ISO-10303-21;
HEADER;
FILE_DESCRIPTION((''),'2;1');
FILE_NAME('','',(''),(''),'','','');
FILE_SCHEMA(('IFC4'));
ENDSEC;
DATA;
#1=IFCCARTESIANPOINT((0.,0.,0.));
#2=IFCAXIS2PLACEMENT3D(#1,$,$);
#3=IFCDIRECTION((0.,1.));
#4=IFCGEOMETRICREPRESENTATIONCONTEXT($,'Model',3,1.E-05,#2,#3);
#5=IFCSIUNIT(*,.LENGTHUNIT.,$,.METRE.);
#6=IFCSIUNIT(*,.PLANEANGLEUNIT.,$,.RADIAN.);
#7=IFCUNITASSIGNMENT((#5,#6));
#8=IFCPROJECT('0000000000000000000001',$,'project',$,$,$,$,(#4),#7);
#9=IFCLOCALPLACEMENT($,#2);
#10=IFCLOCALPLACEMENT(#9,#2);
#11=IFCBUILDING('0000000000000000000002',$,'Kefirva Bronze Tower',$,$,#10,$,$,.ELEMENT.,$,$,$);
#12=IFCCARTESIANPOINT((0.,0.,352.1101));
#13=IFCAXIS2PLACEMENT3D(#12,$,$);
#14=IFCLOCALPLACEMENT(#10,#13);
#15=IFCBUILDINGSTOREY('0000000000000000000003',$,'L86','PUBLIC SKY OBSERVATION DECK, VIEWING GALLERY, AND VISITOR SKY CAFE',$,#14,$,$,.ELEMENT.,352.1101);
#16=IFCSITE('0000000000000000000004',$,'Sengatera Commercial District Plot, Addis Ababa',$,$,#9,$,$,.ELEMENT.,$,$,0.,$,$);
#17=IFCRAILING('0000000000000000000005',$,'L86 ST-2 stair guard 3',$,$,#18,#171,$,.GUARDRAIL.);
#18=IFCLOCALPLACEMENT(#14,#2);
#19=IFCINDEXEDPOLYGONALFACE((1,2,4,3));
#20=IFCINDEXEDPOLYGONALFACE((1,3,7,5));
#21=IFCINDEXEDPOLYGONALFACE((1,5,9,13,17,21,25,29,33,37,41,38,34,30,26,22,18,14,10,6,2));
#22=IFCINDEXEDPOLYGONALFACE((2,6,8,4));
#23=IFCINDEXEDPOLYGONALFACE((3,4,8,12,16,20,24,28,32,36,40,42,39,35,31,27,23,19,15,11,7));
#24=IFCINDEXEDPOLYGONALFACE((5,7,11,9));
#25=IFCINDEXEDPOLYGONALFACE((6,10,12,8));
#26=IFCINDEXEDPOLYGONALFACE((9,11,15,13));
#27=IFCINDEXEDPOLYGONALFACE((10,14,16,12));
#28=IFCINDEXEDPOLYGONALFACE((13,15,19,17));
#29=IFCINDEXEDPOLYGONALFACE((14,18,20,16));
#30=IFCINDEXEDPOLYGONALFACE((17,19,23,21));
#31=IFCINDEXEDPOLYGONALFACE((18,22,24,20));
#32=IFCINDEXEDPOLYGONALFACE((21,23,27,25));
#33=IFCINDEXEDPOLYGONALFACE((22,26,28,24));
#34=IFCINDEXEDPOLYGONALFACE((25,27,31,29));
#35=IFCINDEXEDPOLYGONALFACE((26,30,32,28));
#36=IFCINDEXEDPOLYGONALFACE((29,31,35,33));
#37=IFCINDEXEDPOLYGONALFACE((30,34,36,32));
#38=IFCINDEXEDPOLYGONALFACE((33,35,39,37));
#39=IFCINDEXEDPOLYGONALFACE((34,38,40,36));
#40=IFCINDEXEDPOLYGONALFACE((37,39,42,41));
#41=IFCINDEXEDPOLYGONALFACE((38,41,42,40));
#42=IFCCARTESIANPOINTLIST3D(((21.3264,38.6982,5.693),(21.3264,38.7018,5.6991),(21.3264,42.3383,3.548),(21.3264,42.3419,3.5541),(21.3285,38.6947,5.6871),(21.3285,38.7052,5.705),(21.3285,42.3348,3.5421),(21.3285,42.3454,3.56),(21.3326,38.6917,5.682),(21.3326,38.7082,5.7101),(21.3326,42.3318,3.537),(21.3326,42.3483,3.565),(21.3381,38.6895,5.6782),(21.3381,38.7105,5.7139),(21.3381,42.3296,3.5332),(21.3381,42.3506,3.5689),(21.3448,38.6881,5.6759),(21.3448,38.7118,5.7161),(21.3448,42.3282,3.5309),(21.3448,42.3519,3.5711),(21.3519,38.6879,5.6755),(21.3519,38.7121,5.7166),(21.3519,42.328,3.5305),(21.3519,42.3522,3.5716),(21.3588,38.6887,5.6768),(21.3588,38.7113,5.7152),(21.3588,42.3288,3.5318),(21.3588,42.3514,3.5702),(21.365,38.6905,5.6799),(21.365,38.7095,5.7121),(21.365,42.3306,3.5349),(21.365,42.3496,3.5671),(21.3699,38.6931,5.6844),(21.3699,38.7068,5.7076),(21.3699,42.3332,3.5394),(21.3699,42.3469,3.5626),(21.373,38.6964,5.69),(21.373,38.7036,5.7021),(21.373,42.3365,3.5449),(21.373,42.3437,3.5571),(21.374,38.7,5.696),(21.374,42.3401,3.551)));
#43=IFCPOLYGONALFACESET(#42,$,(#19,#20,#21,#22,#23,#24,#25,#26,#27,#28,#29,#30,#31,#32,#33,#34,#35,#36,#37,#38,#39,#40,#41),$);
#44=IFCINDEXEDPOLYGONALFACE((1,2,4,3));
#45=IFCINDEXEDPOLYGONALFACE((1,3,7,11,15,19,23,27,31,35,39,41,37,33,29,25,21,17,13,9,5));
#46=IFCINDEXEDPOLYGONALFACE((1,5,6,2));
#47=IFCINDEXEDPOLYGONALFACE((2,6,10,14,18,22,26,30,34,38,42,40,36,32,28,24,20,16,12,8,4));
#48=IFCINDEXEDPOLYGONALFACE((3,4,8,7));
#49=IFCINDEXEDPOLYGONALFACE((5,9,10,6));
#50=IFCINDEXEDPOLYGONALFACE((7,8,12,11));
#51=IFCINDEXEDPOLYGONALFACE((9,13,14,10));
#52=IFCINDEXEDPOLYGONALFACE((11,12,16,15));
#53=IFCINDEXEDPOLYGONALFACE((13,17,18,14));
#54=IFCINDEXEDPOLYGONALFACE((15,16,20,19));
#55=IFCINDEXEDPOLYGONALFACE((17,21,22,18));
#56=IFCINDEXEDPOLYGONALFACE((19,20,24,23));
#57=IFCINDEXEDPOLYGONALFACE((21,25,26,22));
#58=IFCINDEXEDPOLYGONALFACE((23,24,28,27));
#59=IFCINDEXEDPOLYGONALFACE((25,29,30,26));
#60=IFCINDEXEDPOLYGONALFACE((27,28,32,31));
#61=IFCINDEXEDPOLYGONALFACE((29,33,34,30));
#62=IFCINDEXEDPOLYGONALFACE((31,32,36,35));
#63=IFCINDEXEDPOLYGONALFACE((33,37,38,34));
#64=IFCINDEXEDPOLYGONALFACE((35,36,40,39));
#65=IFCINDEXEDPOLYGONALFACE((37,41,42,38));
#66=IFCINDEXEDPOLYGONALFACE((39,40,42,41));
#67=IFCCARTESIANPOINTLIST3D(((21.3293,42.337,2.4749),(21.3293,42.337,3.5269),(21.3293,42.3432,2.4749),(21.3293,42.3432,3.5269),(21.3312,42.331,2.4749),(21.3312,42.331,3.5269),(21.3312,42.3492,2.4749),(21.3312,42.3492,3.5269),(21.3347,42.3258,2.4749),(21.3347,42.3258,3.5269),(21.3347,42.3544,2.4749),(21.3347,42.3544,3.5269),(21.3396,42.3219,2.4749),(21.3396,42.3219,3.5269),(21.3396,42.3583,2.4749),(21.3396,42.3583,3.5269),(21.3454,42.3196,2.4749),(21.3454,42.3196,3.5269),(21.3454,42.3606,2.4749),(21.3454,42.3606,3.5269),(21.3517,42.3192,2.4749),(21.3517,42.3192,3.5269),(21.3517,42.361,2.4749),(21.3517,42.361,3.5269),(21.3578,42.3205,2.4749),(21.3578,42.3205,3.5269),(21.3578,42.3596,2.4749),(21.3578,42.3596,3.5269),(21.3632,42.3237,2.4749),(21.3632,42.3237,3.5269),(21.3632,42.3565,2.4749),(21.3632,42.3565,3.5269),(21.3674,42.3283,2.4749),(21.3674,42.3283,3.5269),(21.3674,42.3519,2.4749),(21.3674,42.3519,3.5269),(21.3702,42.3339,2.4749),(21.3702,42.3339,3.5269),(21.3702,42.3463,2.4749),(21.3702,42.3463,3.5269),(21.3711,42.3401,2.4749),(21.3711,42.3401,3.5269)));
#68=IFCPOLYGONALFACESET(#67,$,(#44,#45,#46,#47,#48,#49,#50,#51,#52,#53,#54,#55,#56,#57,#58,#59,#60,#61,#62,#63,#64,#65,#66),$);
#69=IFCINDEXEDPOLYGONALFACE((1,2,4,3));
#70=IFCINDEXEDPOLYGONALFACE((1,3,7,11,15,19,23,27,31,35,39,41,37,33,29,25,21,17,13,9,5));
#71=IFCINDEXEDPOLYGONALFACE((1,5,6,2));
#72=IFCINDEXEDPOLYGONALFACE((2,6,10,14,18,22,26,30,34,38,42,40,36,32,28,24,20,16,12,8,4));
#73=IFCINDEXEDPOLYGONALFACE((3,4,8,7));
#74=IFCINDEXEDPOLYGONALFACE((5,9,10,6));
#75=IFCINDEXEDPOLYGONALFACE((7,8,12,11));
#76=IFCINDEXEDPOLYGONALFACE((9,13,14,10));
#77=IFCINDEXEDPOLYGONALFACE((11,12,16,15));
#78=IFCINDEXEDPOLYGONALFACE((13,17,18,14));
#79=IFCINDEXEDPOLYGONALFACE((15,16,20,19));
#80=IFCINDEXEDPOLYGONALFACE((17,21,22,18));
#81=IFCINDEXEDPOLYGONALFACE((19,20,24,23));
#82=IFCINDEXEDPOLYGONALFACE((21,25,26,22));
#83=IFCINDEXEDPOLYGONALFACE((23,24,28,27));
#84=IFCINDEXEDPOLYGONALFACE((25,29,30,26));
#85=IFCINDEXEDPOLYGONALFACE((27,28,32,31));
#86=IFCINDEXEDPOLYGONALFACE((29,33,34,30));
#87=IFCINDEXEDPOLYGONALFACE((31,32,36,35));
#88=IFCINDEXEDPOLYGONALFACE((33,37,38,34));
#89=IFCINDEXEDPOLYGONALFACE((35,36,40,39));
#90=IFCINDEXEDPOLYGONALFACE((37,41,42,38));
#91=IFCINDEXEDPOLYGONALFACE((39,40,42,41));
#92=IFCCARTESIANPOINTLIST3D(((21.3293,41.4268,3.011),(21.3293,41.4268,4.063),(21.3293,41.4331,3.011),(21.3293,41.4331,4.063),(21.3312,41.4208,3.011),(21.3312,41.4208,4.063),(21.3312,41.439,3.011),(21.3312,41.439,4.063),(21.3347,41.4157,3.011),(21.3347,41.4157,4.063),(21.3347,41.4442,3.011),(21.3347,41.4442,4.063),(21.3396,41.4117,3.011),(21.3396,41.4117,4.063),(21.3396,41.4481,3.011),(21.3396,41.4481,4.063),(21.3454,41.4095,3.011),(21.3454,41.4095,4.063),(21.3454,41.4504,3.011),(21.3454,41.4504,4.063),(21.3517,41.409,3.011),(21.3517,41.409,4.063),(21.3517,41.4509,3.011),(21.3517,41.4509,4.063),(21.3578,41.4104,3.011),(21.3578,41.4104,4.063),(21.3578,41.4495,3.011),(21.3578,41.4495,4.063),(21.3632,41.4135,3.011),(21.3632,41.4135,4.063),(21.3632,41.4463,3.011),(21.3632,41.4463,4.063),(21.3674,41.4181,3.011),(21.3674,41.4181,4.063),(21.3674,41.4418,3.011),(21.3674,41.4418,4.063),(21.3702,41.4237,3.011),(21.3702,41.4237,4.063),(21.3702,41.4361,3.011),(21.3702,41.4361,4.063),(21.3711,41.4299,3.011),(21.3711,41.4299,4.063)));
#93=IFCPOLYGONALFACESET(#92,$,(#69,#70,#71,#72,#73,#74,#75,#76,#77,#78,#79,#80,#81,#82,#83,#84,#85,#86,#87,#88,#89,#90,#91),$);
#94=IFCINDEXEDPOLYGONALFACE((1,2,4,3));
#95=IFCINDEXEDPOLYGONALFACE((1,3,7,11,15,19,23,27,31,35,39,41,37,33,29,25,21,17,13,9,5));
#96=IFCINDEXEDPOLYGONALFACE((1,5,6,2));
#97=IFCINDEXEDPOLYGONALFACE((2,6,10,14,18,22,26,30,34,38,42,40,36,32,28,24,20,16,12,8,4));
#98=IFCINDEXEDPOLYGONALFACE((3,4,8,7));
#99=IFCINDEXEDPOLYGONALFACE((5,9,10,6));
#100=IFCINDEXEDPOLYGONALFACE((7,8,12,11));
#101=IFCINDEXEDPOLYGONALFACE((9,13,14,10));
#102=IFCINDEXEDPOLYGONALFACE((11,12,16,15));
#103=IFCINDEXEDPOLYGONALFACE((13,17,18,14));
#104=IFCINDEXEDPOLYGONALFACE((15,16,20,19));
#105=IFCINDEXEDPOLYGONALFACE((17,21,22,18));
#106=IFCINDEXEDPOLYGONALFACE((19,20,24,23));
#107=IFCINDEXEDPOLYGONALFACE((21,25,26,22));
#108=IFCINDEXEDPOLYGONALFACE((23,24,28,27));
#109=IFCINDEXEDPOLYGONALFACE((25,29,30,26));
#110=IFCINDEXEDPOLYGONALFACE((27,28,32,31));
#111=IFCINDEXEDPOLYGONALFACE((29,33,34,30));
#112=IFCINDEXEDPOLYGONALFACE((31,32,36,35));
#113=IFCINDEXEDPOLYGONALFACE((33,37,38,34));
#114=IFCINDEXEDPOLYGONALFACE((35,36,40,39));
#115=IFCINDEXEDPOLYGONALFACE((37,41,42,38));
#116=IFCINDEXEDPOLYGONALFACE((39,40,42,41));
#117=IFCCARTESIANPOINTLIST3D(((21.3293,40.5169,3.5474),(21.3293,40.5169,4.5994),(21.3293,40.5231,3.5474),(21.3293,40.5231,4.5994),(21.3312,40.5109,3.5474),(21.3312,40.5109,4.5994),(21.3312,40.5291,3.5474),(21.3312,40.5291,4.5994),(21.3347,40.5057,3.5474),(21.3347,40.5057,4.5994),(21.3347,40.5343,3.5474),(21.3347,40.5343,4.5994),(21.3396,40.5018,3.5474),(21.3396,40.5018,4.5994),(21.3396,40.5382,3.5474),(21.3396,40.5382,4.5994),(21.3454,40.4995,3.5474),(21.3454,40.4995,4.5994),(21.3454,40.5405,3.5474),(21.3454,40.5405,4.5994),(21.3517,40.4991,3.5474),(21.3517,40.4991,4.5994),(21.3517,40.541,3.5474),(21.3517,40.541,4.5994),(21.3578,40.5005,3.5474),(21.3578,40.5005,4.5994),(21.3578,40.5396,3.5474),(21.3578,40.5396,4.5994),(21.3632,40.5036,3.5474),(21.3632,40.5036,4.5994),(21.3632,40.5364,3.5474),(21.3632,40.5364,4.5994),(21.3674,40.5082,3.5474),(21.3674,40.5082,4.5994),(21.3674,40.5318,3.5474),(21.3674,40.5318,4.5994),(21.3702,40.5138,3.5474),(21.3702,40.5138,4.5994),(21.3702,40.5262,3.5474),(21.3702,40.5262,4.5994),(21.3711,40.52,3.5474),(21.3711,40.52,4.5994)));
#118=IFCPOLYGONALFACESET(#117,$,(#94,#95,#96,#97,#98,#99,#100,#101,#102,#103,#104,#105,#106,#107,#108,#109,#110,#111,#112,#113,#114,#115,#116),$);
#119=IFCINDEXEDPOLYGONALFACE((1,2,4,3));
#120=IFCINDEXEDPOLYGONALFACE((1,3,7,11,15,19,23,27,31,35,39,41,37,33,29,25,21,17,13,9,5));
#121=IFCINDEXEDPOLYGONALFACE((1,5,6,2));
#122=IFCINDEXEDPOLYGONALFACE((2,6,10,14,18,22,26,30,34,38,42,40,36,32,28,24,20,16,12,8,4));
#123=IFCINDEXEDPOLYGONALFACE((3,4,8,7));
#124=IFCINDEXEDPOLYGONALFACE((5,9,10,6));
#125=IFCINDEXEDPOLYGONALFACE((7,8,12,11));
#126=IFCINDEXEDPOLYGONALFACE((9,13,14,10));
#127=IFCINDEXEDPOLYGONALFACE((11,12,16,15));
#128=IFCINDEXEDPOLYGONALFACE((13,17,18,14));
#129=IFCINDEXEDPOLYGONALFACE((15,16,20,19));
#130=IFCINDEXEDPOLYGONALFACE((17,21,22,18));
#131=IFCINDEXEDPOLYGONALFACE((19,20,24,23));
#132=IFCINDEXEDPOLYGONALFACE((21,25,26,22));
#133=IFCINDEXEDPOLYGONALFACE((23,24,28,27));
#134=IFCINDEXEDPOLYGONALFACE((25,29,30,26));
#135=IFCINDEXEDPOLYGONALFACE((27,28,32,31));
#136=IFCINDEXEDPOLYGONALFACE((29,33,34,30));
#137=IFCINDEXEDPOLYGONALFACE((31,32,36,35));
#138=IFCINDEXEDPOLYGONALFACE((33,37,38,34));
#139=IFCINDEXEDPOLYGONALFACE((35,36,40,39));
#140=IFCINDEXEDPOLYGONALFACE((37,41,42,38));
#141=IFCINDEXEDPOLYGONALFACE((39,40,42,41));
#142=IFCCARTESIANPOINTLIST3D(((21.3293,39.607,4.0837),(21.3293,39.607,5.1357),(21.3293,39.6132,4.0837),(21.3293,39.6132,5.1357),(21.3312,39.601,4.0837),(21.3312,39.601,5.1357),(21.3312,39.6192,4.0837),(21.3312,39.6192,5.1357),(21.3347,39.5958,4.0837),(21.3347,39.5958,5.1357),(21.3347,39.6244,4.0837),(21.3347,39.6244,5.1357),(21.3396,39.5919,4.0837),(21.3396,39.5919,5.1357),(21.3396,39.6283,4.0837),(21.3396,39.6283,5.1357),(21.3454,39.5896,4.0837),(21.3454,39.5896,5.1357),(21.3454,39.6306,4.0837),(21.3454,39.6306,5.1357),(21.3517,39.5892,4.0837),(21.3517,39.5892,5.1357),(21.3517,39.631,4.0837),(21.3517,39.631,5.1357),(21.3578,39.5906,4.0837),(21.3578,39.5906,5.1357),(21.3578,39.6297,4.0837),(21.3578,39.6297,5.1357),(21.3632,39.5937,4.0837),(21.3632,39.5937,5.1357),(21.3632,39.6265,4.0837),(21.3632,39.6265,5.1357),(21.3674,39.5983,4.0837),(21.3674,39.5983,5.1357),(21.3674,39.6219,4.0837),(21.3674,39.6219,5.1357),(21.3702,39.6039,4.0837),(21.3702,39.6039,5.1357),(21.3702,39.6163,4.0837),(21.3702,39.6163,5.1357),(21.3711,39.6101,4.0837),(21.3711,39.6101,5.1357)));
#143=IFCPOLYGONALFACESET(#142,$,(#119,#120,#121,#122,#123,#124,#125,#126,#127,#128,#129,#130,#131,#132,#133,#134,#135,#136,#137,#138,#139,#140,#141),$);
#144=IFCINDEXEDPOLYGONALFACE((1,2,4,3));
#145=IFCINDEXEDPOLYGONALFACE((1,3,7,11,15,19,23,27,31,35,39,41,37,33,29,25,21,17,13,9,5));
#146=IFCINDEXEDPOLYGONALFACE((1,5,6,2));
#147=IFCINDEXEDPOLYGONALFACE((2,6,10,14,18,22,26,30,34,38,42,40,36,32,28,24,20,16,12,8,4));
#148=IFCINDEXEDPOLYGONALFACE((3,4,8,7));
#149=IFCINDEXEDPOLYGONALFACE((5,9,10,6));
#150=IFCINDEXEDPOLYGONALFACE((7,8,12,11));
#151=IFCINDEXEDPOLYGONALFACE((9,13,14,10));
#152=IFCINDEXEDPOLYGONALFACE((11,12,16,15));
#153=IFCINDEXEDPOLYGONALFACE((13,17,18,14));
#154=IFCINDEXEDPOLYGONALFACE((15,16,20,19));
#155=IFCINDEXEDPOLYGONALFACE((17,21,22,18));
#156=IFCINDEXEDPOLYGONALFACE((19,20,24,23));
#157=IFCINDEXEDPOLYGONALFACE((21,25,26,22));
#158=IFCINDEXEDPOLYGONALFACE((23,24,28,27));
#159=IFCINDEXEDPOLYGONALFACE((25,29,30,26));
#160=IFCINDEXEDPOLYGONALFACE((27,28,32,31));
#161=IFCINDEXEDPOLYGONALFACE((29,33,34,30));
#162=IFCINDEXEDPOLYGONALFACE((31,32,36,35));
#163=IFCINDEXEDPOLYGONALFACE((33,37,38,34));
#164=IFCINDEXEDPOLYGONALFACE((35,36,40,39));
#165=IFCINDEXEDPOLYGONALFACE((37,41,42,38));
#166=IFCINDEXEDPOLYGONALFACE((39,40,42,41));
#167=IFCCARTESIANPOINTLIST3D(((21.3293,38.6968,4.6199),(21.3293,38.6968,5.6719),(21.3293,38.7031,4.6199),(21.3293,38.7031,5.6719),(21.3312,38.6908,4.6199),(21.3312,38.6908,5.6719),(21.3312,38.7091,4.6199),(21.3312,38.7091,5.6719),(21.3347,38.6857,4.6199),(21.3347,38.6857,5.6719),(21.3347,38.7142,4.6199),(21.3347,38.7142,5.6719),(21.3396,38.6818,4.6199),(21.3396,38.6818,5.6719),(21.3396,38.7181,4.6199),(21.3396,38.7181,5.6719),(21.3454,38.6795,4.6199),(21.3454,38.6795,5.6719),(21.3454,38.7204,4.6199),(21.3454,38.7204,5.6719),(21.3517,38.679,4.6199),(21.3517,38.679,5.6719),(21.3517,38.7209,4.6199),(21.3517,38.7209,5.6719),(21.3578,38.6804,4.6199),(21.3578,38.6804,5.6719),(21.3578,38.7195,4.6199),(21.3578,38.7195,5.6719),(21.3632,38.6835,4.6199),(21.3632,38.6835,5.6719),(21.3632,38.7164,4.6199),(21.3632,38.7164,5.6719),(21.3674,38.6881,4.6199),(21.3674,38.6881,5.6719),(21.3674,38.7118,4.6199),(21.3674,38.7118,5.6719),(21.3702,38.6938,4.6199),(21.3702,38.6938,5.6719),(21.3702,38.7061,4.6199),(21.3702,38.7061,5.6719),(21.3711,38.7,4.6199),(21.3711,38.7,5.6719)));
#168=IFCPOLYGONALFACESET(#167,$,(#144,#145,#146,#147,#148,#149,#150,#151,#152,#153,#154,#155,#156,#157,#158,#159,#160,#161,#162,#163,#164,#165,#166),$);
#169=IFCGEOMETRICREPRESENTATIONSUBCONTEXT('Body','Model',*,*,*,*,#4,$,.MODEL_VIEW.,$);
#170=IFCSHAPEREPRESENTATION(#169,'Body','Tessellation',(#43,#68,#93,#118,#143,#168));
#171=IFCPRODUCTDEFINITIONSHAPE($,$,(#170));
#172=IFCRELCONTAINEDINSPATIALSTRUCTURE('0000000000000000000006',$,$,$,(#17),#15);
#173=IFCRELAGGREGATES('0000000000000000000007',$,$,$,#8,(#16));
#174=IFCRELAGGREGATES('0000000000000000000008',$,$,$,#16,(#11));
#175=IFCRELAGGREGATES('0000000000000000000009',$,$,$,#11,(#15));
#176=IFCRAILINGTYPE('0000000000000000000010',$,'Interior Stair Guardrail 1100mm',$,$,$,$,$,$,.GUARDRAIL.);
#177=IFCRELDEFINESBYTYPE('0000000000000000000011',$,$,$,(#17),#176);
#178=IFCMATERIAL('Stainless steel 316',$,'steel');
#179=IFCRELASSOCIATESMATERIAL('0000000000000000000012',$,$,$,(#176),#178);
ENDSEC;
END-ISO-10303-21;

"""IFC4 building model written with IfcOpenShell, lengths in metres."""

from ifc_helpers import new_model, si_unit, direction, frame, origin, origin_2d, place, context, subcontext, project, spatial, circle, extrude, material, type_object, element, save


model = new_model("IFC4")

# Units and contexts
model_context = context("Model", 3, precision=1e-05, world=origin(), true_north=direction((0.0, 1.0)))
body_context = subcontext(model_context, "Body", "Model", "MODEL_VIEW")
ifc_project = project(units=[si_unit("LENGTHUNIT", "METRE"), si_unit("PLANEANGLEUNIT", "RADIAN")], contexts=[model_context])

# Site, building, storey
site_placement = place(None, origin())
site = spatial("IfcSite", under=ifc_project, at=site_placement, Name="Sengatera Commercial District Plot, Addis Ababa", CompositionType="ELEMENT", RefElevation=0.0)
building_placement = place(site_placement, origin())
building = spatial("IfcBuilding", under=site, at=building_placement, Name="Kefirva Bronze Tower", CompositionType="ELEMENT")
storey_placement = place(building_placement, frame((0.0, 0.0, 352.1101)))
storey = spatial("IfcBuildingStorey", under=building, at=storey_placement, Name="L86", Description="PUBLIC SKY OBSERVATION DECK, VIEWING GALLERY, AND VISITOR SKY CAFE", CompositionType="ELEMENT", Elevation=352.1101)

# Railing
ifc_material_1 = material(Name="Stainless steel 316", Category="steel")
railing_type_1 = type_object("IfcRailingType", Name="Interior Stair Guardrail 1100mm", PredefinedType="GUARDRAIL", material=ifc_material_1)
railing_1_placement = place(storey_placement, frame((21.3501, 42.3401, 2.4749)))
element("IfcRailing", 1, at=railing_1_placement, inside=storey, type_object=railing_type_1, Name="L86 ST-2 stair guard 3", PredefinedType="GUARDRAIL", context=body_context, shape_type="SweptSolid", body=[
    extrude(circle(Radius=0.0239, at=origin_2d()), frame((0.0, 0.0, 1.0762), z_axis=(0.0, -0.861545, 0.507682), x_axis=(1.0, 0.0, 0.0)), (0.0, 0.0, 1.0), 4.2251),
    extrude(circle(Radius=0.021, at=origin_2d()), origin(), (0.0, 0.0, 1.0), 1.052),
    extrude(circle(Radius=0.021, at=origin_2d()), frame((0.0, -0.9102, 0.5361)), (0.0, 0.0, 1.0), 1.052),
    extrude(circle(Radius=0.021, at=origin_2d()), frame((0.0, -1.8201, 1.0725)), (0.0, 0.0, 1.0), 1.052),
    extrude(circle(Radius=0.021, at=origin_2d()), frame((0.0, -2.73, 1.6089)), (0.0, 0.0, 1.0), 1.052),
    extrude(circle(Radius=0.021, at=origin_2d()), frame((0.0, -3.6401, 2.145)), (0.0, 0.0, 1.0), 1.052),
])

save(model, "model.ifc")
